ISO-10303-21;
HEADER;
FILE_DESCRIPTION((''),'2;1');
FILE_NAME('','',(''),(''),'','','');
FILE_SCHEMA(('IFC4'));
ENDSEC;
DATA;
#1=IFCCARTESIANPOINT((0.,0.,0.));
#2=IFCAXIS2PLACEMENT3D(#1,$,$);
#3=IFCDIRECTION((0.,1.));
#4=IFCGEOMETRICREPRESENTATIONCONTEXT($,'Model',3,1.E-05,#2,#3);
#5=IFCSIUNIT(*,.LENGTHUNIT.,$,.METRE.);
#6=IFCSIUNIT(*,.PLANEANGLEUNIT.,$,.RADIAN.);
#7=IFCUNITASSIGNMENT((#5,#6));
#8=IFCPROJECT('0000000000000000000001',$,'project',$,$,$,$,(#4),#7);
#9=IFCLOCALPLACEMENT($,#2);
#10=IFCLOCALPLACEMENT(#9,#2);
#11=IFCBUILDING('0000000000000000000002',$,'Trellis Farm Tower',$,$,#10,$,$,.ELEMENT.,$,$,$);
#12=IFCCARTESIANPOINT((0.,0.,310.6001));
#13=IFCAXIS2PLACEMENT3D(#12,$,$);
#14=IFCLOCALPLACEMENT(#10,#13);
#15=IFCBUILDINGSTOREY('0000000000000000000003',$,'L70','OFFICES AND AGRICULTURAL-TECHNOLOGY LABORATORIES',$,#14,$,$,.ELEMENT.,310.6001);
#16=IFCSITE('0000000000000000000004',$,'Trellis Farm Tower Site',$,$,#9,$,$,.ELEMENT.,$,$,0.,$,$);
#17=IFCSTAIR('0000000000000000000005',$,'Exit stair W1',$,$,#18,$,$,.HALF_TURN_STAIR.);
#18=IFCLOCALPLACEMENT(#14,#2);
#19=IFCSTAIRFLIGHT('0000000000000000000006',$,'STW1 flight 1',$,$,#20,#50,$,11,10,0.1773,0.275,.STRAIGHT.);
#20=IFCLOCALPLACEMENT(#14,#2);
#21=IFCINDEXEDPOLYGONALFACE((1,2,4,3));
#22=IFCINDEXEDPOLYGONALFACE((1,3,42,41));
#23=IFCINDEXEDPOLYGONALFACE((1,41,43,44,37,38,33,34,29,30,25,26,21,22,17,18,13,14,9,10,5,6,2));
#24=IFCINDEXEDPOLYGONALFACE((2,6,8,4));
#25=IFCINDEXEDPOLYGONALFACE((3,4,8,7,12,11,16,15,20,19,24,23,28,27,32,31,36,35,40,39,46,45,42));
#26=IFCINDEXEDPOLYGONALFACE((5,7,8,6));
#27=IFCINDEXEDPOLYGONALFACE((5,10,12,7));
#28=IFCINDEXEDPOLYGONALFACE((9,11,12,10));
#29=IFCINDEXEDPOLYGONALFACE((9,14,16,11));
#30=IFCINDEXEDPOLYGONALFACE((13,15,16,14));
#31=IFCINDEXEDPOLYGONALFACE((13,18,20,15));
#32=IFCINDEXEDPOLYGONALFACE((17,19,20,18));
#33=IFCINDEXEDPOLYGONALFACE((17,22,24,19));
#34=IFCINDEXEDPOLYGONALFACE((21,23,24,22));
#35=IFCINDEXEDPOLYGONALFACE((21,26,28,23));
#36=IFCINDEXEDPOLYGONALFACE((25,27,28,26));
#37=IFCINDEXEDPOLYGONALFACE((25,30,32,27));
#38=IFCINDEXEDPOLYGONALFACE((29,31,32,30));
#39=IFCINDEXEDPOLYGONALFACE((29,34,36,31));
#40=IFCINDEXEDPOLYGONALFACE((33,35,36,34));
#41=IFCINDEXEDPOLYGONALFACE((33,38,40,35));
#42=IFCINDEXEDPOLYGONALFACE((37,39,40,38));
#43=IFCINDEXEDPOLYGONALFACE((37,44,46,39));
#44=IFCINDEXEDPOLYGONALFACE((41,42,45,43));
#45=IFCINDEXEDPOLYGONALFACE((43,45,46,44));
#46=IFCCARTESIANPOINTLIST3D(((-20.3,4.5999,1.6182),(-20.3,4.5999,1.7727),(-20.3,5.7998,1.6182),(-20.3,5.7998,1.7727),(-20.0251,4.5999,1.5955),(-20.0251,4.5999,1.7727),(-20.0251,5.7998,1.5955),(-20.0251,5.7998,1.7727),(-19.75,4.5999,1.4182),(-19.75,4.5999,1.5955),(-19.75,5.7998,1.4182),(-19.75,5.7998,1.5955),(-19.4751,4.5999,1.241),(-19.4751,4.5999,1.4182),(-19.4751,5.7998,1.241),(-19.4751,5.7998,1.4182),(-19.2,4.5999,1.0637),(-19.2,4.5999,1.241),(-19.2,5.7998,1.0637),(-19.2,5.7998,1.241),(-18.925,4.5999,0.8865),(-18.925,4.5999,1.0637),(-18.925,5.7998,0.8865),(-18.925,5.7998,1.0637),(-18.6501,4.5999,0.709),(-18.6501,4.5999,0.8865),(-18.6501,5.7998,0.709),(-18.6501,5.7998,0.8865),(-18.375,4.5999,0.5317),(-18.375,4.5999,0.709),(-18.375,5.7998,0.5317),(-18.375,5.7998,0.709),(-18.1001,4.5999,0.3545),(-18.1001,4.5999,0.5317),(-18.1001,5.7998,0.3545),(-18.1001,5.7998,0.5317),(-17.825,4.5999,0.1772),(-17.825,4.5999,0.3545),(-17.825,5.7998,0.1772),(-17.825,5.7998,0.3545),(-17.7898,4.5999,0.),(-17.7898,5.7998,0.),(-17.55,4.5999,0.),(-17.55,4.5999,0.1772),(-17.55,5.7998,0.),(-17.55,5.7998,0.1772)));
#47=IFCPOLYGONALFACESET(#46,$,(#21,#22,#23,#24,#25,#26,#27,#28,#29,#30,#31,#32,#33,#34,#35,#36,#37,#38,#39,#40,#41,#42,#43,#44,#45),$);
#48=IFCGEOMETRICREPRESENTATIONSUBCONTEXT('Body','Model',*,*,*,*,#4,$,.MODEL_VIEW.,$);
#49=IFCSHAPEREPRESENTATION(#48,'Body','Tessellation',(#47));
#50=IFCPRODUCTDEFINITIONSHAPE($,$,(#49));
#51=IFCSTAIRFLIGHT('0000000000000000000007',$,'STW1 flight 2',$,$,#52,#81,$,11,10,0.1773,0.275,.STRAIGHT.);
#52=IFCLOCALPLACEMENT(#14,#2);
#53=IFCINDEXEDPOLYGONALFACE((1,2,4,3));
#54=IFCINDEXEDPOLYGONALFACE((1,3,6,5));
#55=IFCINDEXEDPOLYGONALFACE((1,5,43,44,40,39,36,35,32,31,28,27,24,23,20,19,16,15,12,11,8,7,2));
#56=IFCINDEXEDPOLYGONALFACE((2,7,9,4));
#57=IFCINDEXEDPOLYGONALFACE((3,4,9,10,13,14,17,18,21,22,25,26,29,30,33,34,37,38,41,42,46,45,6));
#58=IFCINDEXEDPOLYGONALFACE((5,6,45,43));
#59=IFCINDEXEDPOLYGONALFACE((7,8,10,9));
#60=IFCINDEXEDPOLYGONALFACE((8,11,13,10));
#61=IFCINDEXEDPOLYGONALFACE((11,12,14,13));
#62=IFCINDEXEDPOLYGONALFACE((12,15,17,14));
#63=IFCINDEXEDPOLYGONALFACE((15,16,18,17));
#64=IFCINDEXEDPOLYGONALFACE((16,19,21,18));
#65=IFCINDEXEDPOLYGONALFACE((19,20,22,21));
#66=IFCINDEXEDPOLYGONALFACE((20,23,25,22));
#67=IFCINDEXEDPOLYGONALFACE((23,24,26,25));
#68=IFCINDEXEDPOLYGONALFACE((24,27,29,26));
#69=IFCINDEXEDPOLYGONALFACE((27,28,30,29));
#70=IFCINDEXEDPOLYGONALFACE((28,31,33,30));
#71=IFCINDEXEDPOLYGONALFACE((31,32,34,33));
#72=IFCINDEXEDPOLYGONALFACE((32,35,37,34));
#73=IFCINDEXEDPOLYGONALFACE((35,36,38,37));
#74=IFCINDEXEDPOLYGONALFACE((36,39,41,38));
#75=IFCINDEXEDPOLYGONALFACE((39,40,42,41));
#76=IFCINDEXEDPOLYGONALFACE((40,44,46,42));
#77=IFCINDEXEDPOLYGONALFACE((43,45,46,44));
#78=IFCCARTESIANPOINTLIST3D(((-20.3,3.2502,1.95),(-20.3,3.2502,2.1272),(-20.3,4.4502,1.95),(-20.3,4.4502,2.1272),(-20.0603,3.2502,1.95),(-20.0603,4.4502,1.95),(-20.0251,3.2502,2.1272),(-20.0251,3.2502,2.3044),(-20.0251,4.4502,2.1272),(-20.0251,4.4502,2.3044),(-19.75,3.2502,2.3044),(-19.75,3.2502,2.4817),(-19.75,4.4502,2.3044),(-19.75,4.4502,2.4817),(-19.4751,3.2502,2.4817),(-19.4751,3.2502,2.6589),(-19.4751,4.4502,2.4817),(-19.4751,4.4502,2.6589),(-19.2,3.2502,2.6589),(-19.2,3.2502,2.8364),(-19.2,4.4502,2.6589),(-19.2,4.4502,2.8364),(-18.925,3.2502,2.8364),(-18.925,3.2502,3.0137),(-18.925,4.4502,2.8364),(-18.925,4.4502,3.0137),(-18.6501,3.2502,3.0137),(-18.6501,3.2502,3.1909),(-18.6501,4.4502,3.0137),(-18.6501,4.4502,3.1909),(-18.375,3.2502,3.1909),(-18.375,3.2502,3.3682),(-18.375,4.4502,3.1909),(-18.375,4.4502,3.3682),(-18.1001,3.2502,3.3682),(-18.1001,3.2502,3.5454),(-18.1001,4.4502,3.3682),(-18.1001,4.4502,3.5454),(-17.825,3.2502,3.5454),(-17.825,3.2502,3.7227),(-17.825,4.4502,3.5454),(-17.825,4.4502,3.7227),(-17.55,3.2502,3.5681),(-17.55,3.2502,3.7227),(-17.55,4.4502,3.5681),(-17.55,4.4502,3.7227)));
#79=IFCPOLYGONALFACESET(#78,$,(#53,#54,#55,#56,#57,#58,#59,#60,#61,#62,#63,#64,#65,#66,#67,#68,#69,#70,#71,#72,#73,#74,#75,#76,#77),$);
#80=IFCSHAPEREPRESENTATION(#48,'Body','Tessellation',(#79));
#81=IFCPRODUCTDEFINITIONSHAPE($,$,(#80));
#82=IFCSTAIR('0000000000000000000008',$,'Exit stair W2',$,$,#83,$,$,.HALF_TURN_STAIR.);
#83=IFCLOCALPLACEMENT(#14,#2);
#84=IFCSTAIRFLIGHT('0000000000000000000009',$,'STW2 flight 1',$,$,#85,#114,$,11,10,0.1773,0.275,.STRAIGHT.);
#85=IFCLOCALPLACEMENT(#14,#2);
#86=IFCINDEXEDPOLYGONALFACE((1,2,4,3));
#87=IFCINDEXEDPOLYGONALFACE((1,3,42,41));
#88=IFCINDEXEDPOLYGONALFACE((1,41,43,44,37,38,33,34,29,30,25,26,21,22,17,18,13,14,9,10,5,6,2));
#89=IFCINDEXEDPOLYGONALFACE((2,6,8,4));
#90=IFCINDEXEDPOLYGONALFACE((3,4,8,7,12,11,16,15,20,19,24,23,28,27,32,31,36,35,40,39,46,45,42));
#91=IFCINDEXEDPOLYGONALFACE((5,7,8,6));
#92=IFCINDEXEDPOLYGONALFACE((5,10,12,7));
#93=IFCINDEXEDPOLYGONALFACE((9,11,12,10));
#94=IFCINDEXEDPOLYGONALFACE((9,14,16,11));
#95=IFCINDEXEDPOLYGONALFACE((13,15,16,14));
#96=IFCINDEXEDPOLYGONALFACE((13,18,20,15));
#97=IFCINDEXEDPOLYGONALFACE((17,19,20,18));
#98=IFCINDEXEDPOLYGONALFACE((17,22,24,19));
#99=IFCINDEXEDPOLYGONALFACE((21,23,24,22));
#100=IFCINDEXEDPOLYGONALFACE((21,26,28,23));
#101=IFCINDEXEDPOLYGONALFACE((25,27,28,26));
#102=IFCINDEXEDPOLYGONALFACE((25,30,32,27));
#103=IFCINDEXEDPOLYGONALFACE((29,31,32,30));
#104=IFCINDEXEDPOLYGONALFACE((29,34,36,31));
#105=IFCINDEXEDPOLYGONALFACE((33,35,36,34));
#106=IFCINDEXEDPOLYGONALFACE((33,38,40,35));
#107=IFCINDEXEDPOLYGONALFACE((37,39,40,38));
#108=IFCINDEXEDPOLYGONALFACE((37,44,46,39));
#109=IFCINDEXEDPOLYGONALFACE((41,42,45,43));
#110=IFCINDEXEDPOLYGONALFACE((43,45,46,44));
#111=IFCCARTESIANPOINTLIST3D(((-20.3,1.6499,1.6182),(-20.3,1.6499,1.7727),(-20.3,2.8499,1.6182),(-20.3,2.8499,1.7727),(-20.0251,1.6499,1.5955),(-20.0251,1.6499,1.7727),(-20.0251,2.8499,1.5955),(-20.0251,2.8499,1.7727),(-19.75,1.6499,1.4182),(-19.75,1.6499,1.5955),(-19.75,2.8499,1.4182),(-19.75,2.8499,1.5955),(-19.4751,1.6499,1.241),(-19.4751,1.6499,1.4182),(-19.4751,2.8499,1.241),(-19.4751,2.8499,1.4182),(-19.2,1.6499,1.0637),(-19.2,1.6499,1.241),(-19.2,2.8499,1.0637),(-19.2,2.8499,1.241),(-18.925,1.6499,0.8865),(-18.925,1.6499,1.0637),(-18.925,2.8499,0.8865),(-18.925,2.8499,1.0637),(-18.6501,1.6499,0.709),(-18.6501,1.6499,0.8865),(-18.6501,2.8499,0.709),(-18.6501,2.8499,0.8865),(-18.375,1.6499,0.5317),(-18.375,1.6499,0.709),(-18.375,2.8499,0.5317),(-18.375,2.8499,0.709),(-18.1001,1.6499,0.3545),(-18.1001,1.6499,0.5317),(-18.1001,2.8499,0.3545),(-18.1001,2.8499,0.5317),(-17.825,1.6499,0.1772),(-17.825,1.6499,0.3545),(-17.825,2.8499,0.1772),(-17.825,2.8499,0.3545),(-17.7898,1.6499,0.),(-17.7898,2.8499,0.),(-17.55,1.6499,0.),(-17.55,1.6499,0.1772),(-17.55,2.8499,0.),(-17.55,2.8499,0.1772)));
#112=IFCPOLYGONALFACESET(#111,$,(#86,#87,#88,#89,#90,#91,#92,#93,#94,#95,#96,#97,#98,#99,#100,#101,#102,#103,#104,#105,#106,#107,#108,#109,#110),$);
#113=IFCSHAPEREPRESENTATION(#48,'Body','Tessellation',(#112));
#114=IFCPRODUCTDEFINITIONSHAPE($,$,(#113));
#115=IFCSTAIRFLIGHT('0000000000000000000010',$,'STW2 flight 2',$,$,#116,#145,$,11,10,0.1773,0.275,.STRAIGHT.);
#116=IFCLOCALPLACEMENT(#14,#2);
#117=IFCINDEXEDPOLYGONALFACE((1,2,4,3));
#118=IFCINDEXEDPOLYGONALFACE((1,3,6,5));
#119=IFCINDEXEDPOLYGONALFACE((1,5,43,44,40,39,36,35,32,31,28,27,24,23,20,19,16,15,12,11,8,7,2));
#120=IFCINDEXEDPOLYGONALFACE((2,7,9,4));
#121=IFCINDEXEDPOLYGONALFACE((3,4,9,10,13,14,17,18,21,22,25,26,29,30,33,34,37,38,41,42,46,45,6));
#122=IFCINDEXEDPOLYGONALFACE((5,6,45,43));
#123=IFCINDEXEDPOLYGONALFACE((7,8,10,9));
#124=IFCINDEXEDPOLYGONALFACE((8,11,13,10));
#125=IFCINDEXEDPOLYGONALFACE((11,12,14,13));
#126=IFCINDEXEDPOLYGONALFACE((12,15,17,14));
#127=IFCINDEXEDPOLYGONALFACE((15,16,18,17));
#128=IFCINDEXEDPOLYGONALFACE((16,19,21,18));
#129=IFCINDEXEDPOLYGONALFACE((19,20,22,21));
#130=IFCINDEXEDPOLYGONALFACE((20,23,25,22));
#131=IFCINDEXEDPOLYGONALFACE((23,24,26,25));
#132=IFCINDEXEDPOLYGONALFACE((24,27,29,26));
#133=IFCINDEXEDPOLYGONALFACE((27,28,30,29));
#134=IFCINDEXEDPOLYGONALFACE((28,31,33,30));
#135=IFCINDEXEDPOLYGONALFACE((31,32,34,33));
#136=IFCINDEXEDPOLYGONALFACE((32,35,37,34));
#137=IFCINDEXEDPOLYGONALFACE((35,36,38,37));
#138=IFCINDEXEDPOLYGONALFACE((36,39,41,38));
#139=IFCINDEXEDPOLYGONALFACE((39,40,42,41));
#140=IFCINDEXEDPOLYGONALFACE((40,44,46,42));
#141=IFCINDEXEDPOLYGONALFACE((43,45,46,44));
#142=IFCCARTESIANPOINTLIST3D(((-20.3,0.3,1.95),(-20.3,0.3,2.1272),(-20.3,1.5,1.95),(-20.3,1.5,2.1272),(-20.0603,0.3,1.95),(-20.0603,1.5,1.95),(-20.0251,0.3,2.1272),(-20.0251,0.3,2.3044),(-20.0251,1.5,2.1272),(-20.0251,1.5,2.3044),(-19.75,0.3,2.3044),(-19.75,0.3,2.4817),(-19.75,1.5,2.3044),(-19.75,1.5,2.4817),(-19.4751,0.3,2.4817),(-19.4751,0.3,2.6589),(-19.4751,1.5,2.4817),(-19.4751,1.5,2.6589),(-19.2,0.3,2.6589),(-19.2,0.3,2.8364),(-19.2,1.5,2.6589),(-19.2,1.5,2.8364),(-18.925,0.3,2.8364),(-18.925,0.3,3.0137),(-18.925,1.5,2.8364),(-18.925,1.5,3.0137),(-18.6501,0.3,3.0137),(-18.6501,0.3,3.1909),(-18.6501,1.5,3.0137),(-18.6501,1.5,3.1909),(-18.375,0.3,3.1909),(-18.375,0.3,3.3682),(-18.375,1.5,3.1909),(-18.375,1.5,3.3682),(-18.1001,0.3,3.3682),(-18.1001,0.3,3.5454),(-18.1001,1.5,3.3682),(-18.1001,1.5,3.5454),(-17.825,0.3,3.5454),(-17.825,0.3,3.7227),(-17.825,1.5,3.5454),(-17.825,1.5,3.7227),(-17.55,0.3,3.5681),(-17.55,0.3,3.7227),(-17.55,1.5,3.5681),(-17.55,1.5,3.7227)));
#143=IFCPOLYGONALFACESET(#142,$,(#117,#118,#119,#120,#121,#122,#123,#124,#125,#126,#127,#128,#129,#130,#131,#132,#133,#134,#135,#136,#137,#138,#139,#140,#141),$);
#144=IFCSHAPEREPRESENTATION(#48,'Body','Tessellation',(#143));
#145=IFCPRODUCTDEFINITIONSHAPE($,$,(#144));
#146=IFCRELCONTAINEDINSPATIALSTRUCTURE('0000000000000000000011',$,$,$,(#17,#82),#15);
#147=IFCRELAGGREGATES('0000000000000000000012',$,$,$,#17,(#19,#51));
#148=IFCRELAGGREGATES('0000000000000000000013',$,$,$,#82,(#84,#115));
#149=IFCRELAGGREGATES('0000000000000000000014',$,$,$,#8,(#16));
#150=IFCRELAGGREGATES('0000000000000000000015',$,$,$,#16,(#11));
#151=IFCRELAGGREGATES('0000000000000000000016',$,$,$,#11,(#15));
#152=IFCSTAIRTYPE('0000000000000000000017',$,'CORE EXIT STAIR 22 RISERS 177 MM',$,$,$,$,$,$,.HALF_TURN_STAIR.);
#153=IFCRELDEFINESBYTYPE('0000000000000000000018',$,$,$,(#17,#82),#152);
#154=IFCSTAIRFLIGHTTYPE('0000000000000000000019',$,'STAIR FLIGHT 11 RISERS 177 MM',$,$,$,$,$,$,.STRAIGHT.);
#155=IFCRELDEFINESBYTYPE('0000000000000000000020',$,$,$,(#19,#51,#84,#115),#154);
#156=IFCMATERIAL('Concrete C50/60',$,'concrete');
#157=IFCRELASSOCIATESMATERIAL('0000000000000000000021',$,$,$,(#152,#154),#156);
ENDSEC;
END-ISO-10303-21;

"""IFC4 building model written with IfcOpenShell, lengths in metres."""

from ifc_helpers import new_model, si_unit, direction, frame, origin, place, context, subcontext, project, spatial, polyline, outline, extrude, source, transform, mapped, material, type_object, element, aggregate, save


model = new_model("IFC4")

# Units and contexts
model_context = context("Model", 3, precision=1e-05, world=origin(), true_north=direction((0.0, 1.0)))
body_context = subcontext(model_context, "Body", "Model", "MODEL_VIEW")
ifc_project = project(units=[si_unit("LENGTHUNIT", "METRE"), si_unit("PLANEANGLEUNIT", "RADIAN")], contexts=[model_context])

# Site, building, storey
site_placement = place(None, origin())
site = spatial("IfcSite", under=ifc_project, at=site_placement, Name="Trellis Farm Tower Site", CompositionType="ELEMENT", RefElevation=0.0)
building_placement = place(site_placement, origin())
building = spatial("IfcBuilding", under=site, at=building_placement, Name="Trellis Farm Tower", CompositionType="ELEMENT")
storey_placement = place(building_placement, frame((0.0, 0.0, 310.6001)))
storey = spatial("IfcBuildingStorey", under=building, at=storey_placement, Name="L70", Description="OFFICES AND AGRICULTURAL-TECHNOLOGY LABORATORIES", CompositionType="ELEMENT", Elevation=310.6001)

# Shared definitions
placement = place(storey_placement, origin())

# Shared definitions
ifc_material_1 = material(Name="Concrete C50/60", Category="concrete")

# Stairs, stair flights
stair_type = type_object("IfcStairType", Name="CORE EXIT STAIR 22 RISERS 177 MM", PredefinedType="HALF_TURN_STAIR", material=ifc_material_1)
stair_1 = element("IfcStair", 1, at=placement, inside=storey, type_object=stair_type, Name="Exit stair W1", PredefinedType="HALF_TURN_STAIR")
stair_flight_type = type_object("IfcStairFlightType", Name="STAIR FLIGHT 11 RISERS 177 MM", PredefinedType="STRAIGHT", material=ifc_material_1)
shared_shape_1 = source(origin(), body_context, "Body", "SweptSolid", [
    extrude(outline(polyline([(0.0, 0.0), (0.0, 0.1772), (0.2749, 0.1772), (0.2749, 0.3545), (0.55, 0.3545), (0.55, 0.5317), (0.825, 0.5317), (0.825, 0.709), (1.1001, 0.709), (1.1001, 0.8865), (1.375, 0.8865), (1.375, 1.0637), (1.6499, 1.0637), (1.6499, 1.241), (1.925, 1.241), (1.925, 1.4182), (2.2, 1.4182), (2.2, 1.5955), (2.4751, 1.5955), (2.4751, 1.7727), (2.75, 1.7727), (2.75, 1.95), (2.75, 1.6182), (0.2397, 0.0), (0.0, 0.0)])), frame((0.0, 0.6001, 0.0), z_axis=(0.0, -1.0, 0.0), x_axis=(1.0, 0.0, 0.0)), (0.0, 0.0, 1.0), 1.2),
])
stair_flight_1_placement = place(storey_placement, frame((-17.55, 5.2, 0.0), z_axis=(0.0, 0.0, 1.0), x_axis=(-1.0, 0.0, 0.0)))
stair_flight_1 = element("IfcStairFlight", 2, at=stair_flight_1_placement, type_object=stair_flight_type, Name="STW1 flight 1", NumberOfRisers=11, NumberOfTreads=10, PredefinedType="STRAIGHT", RiserHeight=0.1773, TreadLength=0.275, context=body_context, shape_type="MappedRepresentation", body=[
    mapped(shared_shape_1, transform((0.0, 0.0, 0.0))),
])
stair_flight_2_placement = place(storey_placement, frame((-20.3, 3.8501, 1.95), z_axis=(0.0, 0.0, 1.0), x_axis=(1.0, 0.0, 0.0)))
stair_flight_2 = element("IfcStairFlight", 3, at=stair_flight_2_placement, type_object=stair_flight_type, Name="STW1 flight 2", NumberOfRisers=11, NumberOfTreads=10, PredefinedType="STRAIGHT", RiserHeight=0.1773, TreadLength=0.275, context=body_context, shape_type="MappedRepresentation", body=[
    mapped(shared_shape_1, transform((0.0, 0.0, 0.0))),
])
aggregate(stair_1, [stair_flight_1, stair_flight_2])
stair_2 = element("IfcStair", 4, at=placement, inside=storey, type_object=stair_type, Name="Exit stair W2", PredefinedType="HALF_TURN_STAIR")
stair_flight_3_placement = place(storey_placement, frame((-17.55, 2.25, 0.0), z_axis=(0.0, 0.0, 1.0), x_axis=(-1.0, 0.0, 0.0)))
stair_flight_3 = element("IfcStairFlight", 5, at=stair_flight_3_placement, type_object=stair_flight_type, Name="STW2 flight 1", NumberOfRisers=11, NumberOfTreads=10, PredefinedType="STRAIGHT", RiserHeight=0.1773, TreadLength=0.275, context=body_context, shape_type="MappedRepresentation", body=[
    mapped(shared_shape_1, transform((0.0, 0.0, 0.0))),
])
stair_flight_4_placement = place(storey_placement, frame((-20.3, 0.8999, 1.95), z_axis=(0.0, 0.0, 1.0), x_axis=(1.0, 0.0, 0.0)))
stair_flight_4 = element("IfcStairFlight", 6, at=stair_flight_4_placement, type_object=stair_flight_type, Name="STW2 flight 2", NumberOfRisers=11, NumberOfTreads=10, PredefinedType="STRAIGHT", RiserHeight=0.1773, TreadLength=0.275, context=body_context, shape_type="MappedRepresentation", body=[
    mapped(shared_shape_1, transform((0.0, 0.0, 0.0))),
])
aggregate(stair_2, [stair_flight_3, stair_flight_4])

save(model, "model.ifc")
